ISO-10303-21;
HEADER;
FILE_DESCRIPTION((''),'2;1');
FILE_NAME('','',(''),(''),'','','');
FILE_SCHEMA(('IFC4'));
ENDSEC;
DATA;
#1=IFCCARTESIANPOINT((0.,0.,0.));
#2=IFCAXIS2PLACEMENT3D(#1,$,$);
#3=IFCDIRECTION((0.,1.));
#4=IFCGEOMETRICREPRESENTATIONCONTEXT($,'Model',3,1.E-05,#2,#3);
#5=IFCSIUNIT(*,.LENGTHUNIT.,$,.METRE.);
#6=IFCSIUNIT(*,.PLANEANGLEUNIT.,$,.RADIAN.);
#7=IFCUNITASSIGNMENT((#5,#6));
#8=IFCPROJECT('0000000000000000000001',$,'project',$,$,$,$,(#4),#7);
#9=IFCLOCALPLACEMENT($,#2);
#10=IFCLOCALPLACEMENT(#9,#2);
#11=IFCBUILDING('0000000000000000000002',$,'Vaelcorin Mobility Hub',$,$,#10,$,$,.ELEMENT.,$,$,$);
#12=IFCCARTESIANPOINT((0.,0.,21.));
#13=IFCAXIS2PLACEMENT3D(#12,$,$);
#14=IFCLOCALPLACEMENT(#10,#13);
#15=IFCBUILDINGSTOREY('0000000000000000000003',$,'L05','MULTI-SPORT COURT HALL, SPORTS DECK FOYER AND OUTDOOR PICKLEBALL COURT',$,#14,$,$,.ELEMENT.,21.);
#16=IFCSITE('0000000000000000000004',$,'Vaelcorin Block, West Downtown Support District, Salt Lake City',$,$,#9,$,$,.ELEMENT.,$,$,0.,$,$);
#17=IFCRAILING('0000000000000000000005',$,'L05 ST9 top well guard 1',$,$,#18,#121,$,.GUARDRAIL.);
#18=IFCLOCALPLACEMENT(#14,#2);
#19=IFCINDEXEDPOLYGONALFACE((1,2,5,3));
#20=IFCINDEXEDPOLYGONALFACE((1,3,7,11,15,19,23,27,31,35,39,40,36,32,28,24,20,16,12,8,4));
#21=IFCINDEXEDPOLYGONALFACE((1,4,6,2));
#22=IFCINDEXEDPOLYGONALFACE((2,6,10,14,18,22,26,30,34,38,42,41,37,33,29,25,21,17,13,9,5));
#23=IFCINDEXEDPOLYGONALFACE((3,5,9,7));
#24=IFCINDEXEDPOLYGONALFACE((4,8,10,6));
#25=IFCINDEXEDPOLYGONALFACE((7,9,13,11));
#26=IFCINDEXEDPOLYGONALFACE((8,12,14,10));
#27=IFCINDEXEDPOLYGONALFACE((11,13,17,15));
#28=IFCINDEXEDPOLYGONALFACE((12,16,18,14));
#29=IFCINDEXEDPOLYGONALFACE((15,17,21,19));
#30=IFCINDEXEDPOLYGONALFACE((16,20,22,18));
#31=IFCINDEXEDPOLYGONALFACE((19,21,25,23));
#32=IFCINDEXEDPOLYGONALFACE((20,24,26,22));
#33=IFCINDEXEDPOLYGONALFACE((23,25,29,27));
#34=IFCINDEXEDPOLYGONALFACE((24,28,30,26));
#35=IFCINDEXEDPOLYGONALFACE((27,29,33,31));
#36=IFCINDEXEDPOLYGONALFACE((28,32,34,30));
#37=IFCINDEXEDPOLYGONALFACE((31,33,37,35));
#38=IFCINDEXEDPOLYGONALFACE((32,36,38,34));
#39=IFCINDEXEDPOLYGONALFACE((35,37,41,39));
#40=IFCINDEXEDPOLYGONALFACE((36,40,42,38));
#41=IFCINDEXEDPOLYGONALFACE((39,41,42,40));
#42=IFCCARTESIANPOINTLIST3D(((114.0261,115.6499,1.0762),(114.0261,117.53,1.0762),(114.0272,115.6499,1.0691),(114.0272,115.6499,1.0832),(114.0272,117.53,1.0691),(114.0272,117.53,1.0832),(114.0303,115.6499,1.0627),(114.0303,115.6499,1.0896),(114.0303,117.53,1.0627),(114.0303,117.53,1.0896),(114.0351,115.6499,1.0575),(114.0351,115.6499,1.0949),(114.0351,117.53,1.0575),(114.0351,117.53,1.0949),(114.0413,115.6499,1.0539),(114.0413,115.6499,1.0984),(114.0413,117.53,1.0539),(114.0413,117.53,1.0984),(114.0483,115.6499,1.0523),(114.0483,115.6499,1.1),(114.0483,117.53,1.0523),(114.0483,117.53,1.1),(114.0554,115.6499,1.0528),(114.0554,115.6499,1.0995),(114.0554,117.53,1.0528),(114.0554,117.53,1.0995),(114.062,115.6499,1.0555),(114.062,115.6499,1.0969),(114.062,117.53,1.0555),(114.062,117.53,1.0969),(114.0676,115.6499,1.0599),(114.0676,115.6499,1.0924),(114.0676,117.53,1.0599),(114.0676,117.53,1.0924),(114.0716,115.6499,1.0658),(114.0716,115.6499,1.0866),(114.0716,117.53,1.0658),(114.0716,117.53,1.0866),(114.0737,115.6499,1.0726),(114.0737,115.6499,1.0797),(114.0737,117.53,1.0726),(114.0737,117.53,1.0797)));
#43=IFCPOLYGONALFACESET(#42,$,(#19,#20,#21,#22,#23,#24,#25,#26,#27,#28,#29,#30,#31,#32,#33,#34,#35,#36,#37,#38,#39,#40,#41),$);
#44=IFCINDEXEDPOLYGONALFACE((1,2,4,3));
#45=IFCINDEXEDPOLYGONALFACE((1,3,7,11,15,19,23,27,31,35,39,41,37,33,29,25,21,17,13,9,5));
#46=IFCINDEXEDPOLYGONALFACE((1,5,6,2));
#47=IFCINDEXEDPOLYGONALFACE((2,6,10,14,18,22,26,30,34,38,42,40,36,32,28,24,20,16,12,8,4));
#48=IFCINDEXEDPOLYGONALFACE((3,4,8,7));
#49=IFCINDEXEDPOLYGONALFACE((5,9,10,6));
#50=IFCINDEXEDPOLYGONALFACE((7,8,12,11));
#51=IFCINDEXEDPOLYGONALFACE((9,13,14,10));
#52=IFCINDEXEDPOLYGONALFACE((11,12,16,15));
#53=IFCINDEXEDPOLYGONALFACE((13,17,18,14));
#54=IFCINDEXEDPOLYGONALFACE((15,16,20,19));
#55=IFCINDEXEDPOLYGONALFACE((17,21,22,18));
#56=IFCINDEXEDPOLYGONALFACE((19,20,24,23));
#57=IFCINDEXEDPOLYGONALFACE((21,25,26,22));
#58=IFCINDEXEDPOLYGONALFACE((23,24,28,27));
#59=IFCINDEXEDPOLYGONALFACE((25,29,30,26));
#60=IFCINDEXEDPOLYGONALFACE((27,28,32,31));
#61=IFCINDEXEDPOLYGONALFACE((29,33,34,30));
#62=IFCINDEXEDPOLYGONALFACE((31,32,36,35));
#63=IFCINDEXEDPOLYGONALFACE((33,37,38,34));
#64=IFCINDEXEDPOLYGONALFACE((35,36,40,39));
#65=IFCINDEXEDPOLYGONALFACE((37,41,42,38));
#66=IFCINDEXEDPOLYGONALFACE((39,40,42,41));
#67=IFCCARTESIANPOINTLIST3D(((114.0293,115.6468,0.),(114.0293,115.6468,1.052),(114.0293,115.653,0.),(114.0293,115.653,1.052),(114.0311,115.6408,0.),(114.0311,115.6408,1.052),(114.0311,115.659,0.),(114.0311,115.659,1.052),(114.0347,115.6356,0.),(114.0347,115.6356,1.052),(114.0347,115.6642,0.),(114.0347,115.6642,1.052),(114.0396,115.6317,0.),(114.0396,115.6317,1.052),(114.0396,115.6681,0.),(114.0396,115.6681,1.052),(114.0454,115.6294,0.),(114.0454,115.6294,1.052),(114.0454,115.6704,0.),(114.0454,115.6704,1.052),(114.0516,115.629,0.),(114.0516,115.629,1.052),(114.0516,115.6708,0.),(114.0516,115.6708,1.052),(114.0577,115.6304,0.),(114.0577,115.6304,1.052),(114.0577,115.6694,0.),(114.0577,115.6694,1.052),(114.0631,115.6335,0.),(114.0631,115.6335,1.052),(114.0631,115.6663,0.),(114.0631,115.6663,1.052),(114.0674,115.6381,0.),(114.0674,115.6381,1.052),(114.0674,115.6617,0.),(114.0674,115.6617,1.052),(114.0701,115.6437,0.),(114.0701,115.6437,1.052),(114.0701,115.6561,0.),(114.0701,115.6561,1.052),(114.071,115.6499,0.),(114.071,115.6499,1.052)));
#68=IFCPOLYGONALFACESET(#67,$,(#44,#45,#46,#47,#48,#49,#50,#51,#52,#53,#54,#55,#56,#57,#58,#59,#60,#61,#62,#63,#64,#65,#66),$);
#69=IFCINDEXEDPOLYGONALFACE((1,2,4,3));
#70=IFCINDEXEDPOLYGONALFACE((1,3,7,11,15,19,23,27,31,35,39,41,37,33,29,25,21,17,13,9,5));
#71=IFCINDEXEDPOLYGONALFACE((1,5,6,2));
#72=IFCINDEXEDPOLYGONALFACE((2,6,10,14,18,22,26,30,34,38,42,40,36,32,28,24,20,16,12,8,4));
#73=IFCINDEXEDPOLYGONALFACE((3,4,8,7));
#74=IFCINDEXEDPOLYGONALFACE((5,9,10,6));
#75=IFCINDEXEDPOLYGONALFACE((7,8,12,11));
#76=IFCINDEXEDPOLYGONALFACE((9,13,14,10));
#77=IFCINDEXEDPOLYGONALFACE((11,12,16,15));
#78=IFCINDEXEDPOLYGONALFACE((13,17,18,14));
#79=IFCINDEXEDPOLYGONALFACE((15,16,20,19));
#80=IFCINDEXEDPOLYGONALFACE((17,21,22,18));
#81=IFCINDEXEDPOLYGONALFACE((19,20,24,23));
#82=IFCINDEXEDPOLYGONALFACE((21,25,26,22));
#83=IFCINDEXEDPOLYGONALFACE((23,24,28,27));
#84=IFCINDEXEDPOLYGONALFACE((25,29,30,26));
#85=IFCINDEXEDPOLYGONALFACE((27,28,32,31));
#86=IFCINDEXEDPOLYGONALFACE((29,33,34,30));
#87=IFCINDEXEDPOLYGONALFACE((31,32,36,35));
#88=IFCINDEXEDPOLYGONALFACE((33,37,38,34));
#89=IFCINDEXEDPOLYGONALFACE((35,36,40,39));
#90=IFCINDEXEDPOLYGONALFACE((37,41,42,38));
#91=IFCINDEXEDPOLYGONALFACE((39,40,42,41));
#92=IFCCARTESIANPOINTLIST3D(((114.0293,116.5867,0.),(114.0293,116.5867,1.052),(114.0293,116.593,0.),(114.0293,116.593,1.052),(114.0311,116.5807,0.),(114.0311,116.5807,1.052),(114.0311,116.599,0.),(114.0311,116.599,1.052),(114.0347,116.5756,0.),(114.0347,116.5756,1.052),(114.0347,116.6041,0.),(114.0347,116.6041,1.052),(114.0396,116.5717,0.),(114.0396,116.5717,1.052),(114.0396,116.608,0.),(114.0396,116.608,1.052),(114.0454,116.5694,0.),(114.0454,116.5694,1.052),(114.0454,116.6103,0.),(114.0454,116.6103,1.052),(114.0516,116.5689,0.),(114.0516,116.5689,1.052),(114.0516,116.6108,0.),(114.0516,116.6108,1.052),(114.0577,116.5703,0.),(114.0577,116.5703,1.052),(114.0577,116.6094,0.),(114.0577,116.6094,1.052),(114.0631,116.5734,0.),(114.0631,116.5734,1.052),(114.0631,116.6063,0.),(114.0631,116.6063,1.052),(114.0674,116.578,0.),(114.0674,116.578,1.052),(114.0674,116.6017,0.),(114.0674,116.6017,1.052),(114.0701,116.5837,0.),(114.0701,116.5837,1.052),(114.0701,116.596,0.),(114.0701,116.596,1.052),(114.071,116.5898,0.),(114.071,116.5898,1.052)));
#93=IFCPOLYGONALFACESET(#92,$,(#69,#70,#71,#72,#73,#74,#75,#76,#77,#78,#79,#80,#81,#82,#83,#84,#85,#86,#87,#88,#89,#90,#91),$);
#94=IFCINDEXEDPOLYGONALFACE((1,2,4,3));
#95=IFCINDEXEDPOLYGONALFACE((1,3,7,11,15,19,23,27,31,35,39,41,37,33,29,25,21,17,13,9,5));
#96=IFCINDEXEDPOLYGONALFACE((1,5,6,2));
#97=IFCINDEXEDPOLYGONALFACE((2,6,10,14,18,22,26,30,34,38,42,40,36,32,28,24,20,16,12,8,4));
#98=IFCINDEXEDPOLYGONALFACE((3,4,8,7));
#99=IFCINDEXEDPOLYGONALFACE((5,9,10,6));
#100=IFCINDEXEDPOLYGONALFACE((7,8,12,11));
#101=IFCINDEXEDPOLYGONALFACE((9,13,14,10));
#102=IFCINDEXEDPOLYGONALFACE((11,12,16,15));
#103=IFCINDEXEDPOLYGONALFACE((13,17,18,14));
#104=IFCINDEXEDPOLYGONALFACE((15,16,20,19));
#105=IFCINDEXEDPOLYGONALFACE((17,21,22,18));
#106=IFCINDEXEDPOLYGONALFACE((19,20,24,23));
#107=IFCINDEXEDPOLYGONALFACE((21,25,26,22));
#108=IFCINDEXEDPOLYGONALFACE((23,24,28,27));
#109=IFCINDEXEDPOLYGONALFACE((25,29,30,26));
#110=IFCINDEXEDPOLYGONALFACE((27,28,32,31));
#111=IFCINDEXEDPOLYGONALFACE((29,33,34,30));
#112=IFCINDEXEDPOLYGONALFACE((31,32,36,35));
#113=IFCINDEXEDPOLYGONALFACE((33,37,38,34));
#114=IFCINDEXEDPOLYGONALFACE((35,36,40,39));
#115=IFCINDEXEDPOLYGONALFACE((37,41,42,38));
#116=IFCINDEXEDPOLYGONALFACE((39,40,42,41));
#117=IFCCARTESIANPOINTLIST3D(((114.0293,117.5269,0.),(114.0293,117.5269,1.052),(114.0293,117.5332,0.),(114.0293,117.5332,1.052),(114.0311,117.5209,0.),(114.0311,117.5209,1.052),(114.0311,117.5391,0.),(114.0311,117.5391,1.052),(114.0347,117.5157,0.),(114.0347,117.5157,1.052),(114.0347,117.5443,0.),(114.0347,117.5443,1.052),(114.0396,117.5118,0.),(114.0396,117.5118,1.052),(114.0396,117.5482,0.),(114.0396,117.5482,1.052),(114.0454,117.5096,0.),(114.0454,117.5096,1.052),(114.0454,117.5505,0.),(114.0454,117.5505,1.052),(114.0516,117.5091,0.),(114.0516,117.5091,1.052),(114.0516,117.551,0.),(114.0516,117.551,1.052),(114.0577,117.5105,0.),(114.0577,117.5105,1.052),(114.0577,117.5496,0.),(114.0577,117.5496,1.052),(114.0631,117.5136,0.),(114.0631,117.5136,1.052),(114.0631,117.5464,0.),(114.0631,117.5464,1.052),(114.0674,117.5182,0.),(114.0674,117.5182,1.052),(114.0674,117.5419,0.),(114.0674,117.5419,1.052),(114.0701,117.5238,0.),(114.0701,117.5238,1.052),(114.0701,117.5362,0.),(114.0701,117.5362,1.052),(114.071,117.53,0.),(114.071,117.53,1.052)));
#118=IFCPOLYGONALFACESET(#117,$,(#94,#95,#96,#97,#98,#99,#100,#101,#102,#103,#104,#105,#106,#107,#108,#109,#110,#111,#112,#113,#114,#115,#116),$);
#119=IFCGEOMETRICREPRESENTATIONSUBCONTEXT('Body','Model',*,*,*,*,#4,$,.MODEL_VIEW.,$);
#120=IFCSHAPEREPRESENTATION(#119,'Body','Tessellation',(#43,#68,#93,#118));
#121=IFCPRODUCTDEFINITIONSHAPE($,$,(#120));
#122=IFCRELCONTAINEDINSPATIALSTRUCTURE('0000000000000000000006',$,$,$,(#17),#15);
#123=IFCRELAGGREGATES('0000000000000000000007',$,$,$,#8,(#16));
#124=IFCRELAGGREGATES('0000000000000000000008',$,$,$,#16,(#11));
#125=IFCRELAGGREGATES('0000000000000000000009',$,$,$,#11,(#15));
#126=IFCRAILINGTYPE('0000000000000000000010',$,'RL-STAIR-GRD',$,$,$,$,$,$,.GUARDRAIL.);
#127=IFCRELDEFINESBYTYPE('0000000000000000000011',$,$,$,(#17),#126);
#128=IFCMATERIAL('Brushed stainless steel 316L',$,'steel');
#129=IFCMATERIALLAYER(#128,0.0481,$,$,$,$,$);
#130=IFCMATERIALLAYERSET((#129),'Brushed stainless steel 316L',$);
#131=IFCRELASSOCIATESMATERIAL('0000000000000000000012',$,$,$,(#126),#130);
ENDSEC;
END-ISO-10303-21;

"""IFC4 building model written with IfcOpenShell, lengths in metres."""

from ifc_helpers import new_model, si_unit, direction, frame, origin, origin_2d, place, context, subcontext, project, spatial, circle, extrude, material, layer, layer_set, type_object, element, save


model = new_model("IFC4")

# Units and contexts
model_context = context("Model", 3, precision=1e-05, world=origin(), true_north=direction((0.0, 1.0)))
body_context = subcontext(model_context, "Body", "Model", "MODEL_VIEW")
ifc_project = project(units=[si_unit("LENGTHUNIT", "METRE"), si_unit("PLANEANGLEUNIT", "RADIAN")], contexts=[model_context])

# Site, building, storey
site_placement = place(None, origin())
site = spatial("IfcSite", under=ifc_project, at=site_placement, Name="Vaelcorin Block, West Downtown Support District, Salt Lake City", CompositionType="ELEMENT", RefElevation=0.0)
building_placement = place(site_placement, origin())
building = spatial("IfcBuilding", under=site, at=building_placement, Name="Vaelcorin Mobility Hub", CompositionType="ELEMENT")
storey_placement = place(building_placement, frame((0.0, 0.0, 21.0)))
storey = spatial("IfcBuildingStorey", under=building, at=storey_placement, Name="L05", Description="MULTI-SPORT COURT HALL, SPORTS DECK FOYER AND OUTDOOR PICKLEBALL COURT", CompositionType="ELEMENT", Elevation=21.0)

# Railing
ifc_material_1 = material(Name="Brushed stainless steel 316L", Category="steel")
ifc_layer_1 = layer(ifc_material_1, 0.0481)
ifc_layer_set_1 = layer_set([ifc_layer_1], Name="Brushed stainless steel 316L")
railing_type_1 = type_object("IfcRailingType", Name="RL-STAIR-GRD", PredefinedType="GUARDRAIL", material=ifc_layer_set_1)
railing_1_placement = place(storey_placement, frame((114.05, 115.6499, 0.0)))
element("IfcRailing", 1, at=railing_1_placement, inside=storey, type_object=railing_type_1, Name="L05 ST9 top well guard 1", PredefinedType="GUARDRAIL", context=body_context, shape_type="SweptSolid", body=[
    extrude(circle(Radius=0.0239, at=origin_2d()), frame((0.0, 0.0, 1.0762), z_axis=(0.0, 1.0, 0.0), x_axis=(-1.0, 0.0, 0.0)), (0.0, 0.0, 1.0), 1.8801),
    extrude(circle(Radius=0.021, at=origin_2d()), origin(), (0.0, 0.0, 1.0), 1.052),
    extrude(circle(Radius=0.021, at=origin_2d()), frame((0.0, 0.9399, 0.0)), (0.0, 0.0, 1.0), 1.052),
    extrude(circle(Radius=0.021, at=origin_2d()), frame((0.0, 1.8801, 0.0)), (0.0, 0.0, 1.0), 1.052),
])

save(model, "model.ifc")
